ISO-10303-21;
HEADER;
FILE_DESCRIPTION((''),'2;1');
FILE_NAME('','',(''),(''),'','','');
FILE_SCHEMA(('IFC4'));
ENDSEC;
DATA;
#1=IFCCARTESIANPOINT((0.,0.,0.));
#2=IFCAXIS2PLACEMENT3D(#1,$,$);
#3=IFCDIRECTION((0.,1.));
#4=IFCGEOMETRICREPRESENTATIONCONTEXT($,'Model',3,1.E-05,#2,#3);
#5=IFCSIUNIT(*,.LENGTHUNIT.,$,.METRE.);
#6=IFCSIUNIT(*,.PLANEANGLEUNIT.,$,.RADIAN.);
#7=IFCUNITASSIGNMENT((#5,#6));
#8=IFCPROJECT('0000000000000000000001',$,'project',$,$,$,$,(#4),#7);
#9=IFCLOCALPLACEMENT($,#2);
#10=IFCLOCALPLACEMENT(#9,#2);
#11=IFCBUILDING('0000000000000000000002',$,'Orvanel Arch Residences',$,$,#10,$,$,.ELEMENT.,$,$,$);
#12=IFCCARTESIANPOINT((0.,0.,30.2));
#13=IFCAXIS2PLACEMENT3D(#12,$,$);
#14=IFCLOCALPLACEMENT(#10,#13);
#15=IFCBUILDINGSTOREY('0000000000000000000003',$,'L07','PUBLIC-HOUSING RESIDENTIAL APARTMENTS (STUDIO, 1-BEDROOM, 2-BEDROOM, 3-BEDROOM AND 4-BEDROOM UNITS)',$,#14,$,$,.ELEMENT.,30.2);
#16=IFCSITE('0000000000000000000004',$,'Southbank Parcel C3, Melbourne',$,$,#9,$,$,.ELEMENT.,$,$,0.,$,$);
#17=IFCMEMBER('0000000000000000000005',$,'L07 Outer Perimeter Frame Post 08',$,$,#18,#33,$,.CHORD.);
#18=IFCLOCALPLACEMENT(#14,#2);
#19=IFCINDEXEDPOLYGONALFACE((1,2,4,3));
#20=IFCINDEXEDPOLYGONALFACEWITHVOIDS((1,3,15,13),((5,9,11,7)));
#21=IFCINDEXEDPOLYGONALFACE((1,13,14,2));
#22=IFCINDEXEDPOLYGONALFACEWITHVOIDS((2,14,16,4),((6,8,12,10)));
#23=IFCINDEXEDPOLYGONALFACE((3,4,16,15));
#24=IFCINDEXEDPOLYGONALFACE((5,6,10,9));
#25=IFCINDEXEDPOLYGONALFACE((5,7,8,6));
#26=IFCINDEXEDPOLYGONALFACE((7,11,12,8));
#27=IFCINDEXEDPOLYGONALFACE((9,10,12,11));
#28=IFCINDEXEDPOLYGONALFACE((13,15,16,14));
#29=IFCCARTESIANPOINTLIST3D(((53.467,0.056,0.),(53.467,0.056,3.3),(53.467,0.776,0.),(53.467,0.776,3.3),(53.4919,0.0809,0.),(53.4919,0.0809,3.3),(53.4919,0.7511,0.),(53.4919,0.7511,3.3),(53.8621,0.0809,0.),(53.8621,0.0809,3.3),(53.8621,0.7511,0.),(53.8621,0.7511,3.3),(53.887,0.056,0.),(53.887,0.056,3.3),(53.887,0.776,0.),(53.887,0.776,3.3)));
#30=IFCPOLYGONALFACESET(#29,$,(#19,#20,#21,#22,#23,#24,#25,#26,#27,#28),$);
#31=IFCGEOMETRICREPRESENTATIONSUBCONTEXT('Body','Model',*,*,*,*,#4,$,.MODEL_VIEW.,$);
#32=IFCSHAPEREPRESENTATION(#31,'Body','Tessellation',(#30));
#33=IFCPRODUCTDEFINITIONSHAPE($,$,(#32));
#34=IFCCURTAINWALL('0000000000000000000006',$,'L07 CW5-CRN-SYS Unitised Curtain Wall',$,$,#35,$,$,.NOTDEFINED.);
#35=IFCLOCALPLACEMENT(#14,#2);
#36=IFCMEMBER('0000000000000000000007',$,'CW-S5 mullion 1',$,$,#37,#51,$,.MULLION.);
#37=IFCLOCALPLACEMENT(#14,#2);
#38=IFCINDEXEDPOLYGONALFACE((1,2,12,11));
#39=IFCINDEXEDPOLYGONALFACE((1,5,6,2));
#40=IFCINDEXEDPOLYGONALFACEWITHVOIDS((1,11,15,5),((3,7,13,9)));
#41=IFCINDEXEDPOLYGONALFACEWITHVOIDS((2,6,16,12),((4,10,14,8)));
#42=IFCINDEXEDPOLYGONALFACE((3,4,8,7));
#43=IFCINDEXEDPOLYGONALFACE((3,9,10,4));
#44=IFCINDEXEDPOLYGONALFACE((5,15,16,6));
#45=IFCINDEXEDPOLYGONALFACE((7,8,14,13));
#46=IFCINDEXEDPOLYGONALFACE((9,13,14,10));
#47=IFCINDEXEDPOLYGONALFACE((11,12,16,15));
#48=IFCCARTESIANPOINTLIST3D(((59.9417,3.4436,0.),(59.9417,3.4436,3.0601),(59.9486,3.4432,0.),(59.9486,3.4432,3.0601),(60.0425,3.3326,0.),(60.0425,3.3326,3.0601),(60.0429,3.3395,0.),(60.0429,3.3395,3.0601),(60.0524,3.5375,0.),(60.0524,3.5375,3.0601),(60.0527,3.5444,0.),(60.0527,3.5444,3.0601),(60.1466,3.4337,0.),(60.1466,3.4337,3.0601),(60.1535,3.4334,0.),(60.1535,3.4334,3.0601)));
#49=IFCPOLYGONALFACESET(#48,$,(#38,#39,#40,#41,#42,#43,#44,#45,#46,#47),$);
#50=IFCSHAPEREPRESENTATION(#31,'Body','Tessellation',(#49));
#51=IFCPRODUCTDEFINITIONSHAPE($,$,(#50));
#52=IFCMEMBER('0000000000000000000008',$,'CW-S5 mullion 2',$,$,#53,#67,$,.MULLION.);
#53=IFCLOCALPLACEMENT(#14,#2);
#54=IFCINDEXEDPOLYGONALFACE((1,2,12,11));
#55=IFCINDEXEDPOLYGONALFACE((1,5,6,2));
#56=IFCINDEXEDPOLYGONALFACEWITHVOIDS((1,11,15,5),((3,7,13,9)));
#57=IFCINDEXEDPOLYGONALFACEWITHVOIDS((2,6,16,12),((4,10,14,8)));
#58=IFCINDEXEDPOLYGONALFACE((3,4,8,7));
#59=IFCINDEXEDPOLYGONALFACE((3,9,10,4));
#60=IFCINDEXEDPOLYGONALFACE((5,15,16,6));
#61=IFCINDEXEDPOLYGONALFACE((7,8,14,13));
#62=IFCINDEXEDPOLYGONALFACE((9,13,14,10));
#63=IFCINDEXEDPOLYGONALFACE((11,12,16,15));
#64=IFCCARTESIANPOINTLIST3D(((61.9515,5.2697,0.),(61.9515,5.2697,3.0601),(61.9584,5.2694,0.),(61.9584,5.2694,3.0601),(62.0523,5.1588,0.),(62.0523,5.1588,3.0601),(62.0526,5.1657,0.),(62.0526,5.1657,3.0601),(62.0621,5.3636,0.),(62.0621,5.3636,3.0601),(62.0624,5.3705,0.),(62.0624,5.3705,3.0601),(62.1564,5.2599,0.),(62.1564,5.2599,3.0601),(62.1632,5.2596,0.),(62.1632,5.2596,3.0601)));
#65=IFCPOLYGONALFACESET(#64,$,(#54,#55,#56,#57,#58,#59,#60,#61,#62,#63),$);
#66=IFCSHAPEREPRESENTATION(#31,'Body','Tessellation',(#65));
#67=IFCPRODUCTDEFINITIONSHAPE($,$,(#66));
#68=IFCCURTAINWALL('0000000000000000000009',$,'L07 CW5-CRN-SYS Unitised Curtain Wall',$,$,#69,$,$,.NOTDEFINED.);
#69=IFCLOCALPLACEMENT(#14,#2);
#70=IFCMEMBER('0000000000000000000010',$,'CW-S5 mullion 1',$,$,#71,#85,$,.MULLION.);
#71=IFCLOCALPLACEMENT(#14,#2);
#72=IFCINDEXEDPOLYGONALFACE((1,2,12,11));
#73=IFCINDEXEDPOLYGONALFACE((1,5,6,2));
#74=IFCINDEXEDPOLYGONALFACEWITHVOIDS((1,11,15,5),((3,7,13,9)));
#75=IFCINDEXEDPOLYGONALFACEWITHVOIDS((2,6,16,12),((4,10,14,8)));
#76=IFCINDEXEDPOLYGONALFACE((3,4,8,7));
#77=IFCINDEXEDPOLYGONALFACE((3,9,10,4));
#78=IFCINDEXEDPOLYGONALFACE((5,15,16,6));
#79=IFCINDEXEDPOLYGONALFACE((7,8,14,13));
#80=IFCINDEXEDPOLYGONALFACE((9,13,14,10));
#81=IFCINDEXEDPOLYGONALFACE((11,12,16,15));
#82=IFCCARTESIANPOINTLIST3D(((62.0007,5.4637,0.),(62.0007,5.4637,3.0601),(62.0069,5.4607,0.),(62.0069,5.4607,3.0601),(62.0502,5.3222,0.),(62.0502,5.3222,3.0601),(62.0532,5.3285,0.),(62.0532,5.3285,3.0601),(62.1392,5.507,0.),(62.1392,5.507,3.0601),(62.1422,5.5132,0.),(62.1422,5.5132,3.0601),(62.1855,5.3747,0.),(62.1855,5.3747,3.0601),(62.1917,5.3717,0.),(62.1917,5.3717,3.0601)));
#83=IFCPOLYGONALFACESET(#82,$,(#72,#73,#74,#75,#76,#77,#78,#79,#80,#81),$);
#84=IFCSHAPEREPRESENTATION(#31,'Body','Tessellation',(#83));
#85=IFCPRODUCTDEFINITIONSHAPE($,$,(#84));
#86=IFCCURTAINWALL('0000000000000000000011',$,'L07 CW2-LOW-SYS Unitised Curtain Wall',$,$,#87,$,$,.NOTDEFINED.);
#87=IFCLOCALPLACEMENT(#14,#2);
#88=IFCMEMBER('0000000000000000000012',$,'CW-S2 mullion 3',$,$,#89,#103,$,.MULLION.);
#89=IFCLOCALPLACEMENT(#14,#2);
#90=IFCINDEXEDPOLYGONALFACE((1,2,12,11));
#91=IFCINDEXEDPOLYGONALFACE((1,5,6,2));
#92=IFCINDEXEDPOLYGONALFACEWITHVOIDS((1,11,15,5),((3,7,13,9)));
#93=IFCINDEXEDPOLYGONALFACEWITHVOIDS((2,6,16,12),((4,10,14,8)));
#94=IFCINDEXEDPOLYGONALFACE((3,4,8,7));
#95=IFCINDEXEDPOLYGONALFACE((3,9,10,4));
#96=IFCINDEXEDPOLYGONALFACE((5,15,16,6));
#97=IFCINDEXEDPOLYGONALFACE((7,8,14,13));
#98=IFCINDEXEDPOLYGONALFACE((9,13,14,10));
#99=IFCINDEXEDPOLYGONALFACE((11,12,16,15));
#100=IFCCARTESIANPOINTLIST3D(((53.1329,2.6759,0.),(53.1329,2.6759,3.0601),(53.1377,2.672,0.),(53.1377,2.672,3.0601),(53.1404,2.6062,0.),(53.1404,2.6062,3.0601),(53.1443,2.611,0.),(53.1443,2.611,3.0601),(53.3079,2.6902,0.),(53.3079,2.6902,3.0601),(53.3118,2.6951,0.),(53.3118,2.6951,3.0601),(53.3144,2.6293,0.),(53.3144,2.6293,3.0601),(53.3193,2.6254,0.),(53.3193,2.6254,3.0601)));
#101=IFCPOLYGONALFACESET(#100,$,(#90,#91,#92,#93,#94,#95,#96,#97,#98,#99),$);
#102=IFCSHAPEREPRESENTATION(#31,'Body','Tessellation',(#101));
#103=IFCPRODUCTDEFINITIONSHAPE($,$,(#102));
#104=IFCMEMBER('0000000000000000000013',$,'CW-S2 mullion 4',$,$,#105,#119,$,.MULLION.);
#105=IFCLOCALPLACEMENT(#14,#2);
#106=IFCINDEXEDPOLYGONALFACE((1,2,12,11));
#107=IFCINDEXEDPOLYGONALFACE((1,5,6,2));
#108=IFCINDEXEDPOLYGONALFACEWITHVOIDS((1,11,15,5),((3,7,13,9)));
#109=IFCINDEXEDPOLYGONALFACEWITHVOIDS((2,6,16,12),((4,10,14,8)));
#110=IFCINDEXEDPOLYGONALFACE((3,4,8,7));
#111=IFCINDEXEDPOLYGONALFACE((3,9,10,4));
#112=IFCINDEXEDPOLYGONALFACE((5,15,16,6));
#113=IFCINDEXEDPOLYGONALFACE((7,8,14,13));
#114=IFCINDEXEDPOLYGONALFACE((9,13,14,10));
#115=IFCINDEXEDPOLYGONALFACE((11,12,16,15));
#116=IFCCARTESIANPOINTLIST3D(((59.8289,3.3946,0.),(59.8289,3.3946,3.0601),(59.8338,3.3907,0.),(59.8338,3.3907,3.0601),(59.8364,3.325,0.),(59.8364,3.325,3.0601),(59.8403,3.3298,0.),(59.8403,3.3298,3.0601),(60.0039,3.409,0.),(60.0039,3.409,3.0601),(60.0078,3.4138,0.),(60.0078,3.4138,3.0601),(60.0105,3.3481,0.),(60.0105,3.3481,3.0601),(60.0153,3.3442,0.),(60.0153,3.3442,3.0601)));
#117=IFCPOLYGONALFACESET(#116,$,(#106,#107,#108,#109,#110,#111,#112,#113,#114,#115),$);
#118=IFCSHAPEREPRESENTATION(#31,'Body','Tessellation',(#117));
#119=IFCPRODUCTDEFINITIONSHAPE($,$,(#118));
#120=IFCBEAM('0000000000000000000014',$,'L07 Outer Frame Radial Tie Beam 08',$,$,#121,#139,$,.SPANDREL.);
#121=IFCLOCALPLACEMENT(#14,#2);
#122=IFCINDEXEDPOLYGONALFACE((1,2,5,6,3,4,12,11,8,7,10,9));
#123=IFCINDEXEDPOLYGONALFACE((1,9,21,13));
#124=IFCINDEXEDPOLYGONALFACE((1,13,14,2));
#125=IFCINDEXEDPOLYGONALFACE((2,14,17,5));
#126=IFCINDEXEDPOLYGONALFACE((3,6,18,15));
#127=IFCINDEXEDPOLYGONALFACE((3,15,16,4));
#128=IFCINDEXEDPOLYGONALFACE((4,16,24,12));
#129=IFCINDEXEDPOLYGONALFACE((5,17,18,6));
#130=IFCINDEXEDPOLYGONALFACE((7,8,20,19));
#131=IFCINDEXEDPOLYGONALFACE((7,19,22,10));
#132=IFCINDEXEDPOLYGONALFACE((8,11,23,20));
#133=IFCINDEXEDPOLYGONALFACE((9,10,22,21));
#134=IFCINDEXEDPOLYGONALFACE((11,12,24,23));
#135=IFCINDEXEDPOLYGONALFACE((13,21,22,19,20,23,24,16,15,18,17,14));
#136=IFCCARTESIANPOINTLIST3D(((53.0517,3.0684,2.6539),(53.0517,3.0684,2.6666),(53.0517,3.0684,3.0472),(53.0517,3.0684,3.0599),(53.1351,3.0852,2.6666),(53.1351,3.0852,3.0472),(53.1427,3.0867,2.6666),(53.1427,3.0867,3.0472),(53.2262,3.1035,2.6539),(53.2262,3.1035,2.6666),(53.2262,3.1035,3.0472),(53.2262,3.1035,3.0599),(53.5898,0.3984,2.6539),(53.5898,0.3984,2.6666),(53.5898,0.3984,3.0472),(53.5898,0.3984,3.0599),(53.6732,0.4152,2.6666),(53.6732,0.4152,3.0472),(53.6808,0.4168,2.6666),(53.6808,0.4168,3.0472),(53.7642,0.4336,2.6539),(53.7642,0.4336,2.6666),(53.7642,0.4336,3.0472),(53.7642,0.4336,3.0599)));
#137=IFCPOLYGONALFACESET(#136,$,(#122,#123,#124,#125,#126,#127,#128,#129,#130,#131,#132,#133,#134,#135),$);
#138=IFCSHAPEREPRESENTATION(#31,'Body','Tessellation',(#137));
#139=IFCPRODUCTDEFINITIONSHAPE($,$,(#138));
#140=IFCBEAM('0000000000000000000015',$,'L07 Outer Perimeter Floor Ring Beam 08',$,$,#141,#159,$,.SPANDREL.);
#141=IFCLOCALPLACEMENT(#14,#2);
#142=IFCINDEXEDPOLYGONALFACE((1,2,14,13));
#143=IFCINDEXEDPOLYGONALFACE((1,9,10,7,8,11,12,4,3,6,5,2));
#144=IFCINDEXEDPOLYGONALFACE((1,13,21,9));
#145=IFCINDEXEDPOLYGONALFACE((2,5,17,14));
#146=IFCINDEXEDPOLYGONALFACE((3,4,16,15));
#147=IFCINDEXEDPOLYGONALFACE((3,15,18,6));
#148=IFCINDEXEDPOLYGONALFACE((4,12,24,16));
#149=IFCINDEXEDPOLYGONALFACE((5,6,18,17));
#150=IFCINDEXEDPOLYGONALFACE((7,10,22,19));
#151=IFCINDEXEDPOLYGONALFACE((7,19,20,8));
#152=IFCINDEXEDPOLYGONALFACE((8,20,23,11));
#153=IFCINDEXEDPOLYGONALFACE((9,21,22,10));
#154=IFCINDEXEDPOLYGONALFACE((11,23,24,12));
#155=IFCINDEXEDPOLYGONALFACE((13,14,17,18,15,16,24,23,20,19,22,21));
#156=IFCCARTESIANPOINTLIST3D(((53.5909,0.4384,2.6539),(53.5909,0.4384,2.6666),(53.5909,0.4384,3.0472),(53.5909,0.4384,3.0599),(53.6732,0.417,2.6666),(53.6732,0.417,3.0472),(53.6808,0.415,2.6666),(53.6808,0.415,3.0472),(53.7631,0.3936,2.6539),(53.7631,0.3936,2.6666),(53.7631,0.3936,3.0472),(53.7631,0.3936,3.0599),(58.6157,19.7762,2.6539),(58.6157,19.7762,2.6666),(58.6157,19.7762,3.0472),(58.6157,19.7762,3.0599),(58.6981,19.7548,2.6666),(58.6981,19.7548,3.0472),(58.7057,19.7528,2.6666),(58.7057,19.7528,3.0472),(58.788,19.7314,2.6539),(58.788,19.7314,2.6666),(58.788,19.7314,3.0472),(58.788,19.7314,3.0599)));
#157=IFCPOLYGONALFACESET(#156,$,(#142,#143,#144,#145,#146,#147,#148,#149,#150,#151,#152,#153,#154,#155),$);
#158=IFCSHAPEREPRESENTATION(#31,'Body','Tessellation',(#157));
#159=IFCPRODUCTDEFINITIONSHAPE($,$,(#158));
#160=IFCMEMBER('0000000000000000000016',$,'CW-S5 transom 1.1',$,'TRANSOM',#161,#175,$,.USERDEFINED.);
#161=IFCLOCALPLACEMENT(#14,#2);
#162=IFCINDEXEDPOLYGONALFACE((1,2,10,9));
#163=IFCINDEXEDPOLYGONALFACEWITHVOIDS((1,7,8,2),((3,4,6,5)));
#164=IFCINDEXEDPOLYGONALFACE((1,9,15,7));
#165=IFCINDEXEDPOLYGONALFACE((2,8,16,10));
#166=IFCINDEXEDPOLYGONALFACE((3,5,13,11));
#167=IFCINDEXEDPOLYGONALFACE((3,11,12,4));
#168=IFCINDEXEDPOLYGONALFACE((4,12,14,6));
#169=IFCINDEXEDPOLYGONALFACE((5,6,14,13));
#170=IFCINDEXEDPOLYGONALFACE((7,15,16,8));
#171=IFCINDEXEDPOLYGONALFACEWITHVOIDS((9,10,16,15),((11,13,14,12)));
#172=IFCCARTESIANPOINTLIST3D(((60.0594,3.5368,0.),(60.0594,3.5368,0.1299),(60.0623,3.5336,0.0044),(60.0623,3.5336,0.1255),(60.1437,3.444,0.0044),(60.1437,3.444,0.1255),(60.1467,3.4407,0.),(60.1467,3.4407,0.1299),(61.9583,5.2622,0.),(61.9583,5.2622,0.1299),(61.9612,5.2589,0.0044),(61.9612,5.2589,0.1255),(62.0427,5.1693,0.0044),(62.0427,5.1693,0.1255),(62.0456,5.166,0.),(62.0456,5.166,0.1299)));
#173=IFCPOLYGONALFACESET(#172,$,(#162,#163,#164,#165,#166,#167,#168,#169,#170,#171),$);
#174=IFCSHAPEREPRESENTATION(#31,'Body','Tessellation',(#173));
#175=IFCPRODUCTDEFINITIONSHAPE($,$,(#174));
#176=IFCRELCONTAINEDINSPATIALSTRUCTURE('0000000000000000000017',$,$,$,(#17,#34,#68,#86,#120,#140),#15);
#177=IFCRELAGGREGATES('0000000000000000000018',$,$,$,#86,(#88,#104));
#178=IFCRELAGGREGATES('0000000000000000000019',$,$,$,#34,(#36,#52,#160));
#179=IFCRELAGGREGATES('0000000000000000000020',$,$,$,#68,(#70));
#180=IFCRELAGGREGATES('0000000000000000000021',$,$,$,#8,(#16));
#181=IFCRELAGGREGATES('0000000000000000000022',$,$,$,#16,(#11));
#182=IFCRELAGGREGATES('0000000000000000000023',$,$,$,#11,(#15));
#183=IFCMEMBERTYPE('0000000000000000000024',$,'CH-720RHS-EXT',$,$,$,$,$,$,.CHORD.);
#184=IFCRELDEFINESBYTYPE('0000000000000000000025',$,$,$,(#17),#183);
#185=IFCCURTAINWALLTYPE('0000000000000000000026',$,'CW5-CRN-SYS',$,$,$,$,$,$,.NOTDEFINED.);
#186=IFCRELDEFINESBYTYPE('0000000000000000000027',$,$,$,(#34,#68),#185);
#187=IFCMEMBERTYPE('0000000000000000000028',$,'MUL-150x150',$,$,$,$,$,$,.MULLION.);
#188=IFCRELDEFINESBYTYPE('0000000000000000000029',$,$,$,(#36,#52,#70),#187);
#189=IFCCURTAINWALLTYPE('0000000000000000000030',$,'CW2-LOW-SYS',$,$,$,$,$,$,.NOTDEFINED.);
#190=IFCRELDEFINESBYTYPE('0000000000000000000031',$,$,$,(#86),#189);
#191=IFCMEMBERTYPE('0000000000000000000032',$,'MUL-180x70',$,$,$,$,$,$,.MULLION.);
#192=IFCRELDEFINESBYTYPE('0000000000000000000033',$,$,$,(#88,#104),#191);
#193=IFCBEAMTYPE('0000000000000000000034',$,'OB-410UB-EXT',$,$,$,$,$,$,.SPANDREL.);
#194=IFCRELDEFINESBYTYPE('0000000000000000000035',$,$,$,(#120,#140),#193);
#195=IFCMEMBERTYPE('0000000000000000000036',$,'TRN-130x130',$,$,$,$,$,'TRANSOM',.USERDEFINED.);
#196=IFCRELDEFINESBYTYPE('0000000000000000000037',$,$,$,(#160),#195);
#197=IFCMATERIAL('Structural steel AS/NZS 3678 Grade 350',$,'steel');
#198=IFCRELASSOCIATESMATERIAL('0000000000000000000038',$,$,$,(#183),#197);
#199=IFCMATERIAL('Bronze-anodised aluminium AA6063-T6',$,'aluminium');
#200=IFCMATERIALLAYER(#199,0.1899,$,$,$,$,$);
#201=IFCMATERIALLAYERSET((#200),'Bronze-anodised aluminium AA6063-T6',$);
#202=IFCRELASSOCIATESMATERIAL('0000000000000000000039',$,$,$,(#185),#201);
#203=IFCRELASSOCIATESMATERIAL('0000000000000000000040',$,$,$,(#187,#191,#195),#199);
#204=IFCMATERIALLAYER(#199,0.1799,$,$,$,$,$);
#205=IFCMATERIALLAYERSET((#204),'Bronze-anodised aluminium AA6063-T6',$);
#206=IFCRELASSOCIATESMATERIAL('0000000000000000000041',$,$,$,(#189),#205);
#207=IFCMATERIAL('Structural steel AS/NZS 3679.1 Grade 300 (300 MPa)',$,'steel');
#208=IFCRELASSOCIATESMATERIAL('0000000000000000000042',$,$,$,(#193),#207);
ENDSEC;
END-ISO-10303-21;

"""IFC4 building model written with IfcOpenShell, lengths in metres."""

from ifc_helpers import new_model, si_unit, direction, frame, origin, origin_2d, place, context, subcontext, project, spatial, hollow_rectangle, i_section, extrude, material, layer, layer_set, material_profile, profile_set, type_object, element, aggregate, save


model = new_model("IFC4")

# Units and contexts
model_context = context("Model", 3, precision=1e-05, world=origin(), true_north=direction((0.0, 1.0)))
body_context = subcontext(model_context, "Body", "Model", "MODEL_VIEW")
ifc_project = project(units=[si_unit("LENGTHUNIT", "METRE"), si_unit("PLANEANGLEUNIT", "RADIAN")], contexts=[model_context])

# Site, building, storey
site_placement = place(None, origin())
site = spatial("IfcSite", under=ifc_project, at=site_placement, Name="Southbank Parcel C3, Melbourne", CompositionType="ELEMENT", RefElevation=0.0)
building_placement = place(site_placement, origin())
building = spatial("IfcBuilding", under=site, at=building_placement, Name="Orvanel Arch Residences", CompositionType="ELEMENT")
storey_placement = place(building_placement, frame((0.0, 0.0, 30.2)))
storey = spatial("IfcBuildingStorey", under=building, at=storey_placement, Name="L07", Description="PUBLIC-HOUSING RESIDENTIAL APARTMENTS (STUDIO, 1-BEDROOM, 2-BEDROOM, 3-BEDROOM AND 4-BEDROOM UNITS)", CompositionType="ELEMENT", Elevation=30.2)

# Member
ifc_material_1 = material(Name="Structural steel AS/NZS 3678 Grade 350", Category="steel")
ifc_material_profile_1 = material_profile(ifc_material_1, hollow_rectangle(XDim=0.4199, YDim=0.72, WallThickness=0.0249, at=origin_2d()), Name="RHS720x420x25")
ifc_profile_set_1 = profile_set([ifc_material_profile_1], Name="Structural steel AS/NZS 3678 Grade 350")
member_type_1 = type_object("IfcMemberType", Name="CH-720RHS-EXT", PredefinedType="CHORD", material=ifc_profile_set_1)
member_1_placement = place(storey_placement, frame((53.677, 0.416, 0.0), z_axis=(0.0, 0.0, 1.0), x_axis=(1.0, 0.0, 0.0)))
element("IfcMember", 1, at=member_1_placement, inside=storey, type_object=member_type_1, Name="L07 Outer Perimeter Frame Post 08", PredefinedType="CHORD", context=body_context, shape_type="SweptSolid", body=[
    extrude(hollow_rectangle(XDim=0.4199, YDim=0.72, WallThickness=0.0249, at=origin_2d()), origin(), (0.0, 0.0, 1.0), 3.3),
])

# Curtain wall, members
ifc_material_2 = material(Name="Bronze-anodised aluminium AA6063-T6", Category="aluminium")
ifc_layer_1 = layer(ifc_material_2, 0.1899)
ifc_layer_set_1 = layer_set([ifc_layer_1], Name="Bronze-anodised aluminium AA6063-T6")
curtain_wall_type_1 = type_object("IfcCurtainWallType", Name="CW5-CRN-SYS", PredefinedType="NOTDEFINED", material=ifc_layer_set_1)
curtain_wall_1_placement = place(storey_placement, origin())
curtain_wall_1 = element("IfcCurtainWall", 2, at=curtain_wall_1_placement, inside=storey, type_object=curtain_wall_type_1, Name="L07 CW5-CRN-SYS Unitised Curtain Wall", PredefinedType="NOTDEFINED")
ifc_material_profile_2 = material_profile(ifc_material_2, hollow_rectangle(XDim=0.1499, YDim=0.1499, WallThickness=0.0049, at=origin_2d()), Name="ALU150x150x5")
ifc_profile_set_2 = profile_set([ifc_material_profile_2], Name="Bronze-anodised aluminium AA6063-T6")
member_type_2 = type_object("IfcMemberType", Name="MUL-150x150", PredefinedType="MULLION", material=ifc_profile_set_2)
member_2_placement = place(storey_placement, frame((60.0476, 3.4385, 0.0), z_axis=(0.0, 0.0, 1.0), x_axis=(-0.672447, 0.740145, 0.0)))
member_2 = element("IfcMember", 3, at=member_2_placement, type_object=member_type_2, Name="CW-S5 mullion 1", PredefinedType="MULLION", context=body_context, shape_type="SweptSolid", body=[
    extrude(hollow_rectangle(XDim=0.1499, YDim=0.1499, WallThickness=0.0049, at=origin_2d()), origin(), (0.0, 0.0, 1.0), 3.0601),
])
member_3_placement = place(storey_placement, frame((62.0574, 5.2646, 0.0), z_axis=(0.0, 0.0, 1.0), x_axis=(-0.672447, 0.740145, 0.0)))
member_3 = element("IfcMember", 4, at=member_3_placement, type_object=member_type_2, Name="CW-S5 mullion 2", PredefinedType="MULLION", context=body_context, shape_type="SweptSolid", body=[
    extrude(hollow_rectangle(XDim=0.1499, YDim=0.1499, WallThickness=0.0049, at=origin_2d()), origin(), (0.0, 0.0, 1.0), 3.0601),
])

# Curtain wall, member
curtain_wall_2_placement = place(storey_placement, origin())
curtain_wall_2 = element("IfcCurtainWall", 5, at=curtain_wall_2_placement, inside=storey, type_object=curtain_wall_type_1, Name="L07 CW5-CRN-SYS Unitised Curtain Wall", PredefinedType="NOTDEFINED")
member_4_placement = place(storey_placement, frame((62.0962, 5.4177, 0.0), z_axis=(0.0, 0.0, 1.0), x_axis=(-0.943916, -0.330186, 0.0)))
member_4 = element("IfcMember", 6, at=member_4_placement, type_object=member_type_2, Name="CW-S5 mullion 1", PredefinedType="MULLION", context=body_context, shape_type="SweptSolid", body=[
    extrude(hollow_rectangle(XDim=0.1499, YDim=0.1499, WallThickness=0.0049, at=origin_2d()), origin(), (0.0, 0.0, 1.0), 3.0601),
])

# Curtain wall, members
ifc_layer_2 = layer(ifc_material_2, 0.1799)
ifc_layer_set_2 = layer_set([ifc_layer_2], Name="Bronze-anodised aluminium AA6063-T6")
curtain_wall_type_2 = type_object("IfcCurtainWallType", Name="CW2-LOW-SYS", PredefinedType="NOTDEFINED", material=ifc_layer_set_2)
curtain_wall_3_placement = place(storey_placement, origin())
curtain_wall_3 = element("IfcCurtainWall", 7, at=curtain_wall_3_placement, inside=storey, type_object=curtain_wall_type_2, Name="L07 CW2-LOW-SYS Unitised Curtain Wall", PredefinedType="NOTDEFINED")
ifc_material_profile_3 = material_profile(ifc_material_2, hollow_rectangle(XDim=0.0701, YDim=0.1799, WallThickness=0.0044, at=origin_2d()), Name="ALU180x70x4.5")
ifc_profile_set_3 = profile_set([ifc_material_profile_3], Name="Bronze-anodised aluminium AA6063-T6")
member_type_3 = type_object("IfcMemberType", Name="MUL-180x70", PredefinedType="MULLION", material=ifc_profile_set_3)
member_5_placement = place(storey_placement, frame((53.2261, 2.6506, 0.0), z_axis=(0.0, 0.0, 1.0), x_axis=(-0.106702, 0.994291, 0.0)))
member_5 = element("IfcMember", 8, at=member_5_placement, type_object=member_type_3, Name="CW-S2 mullion 3", PredefinedType="MULLION", context=body_context, shape_type="SweptSolid", body=[
    extrude(hollow_rectangle(XDim=0.0701, YDim=0.1799, WallThickness=0.0044, at=origin_2d()), origin(), (0.0, 0.0, 1.0), 3.0601),
])
member_6_placement = place(storey_placement, frame((59.9221, 3.3694, 0.0), z_axis=(0.0, 0.0, 1.0), x_axis=(-0.106702, 0.994291, 0.0)))
member_6 = element("IfcMember", 9, at=member_6_placement, type_object=member_type_3, Name="CW-S2 mullion 4", PredefinedType="MULLION", context=body_context, shape_type="SweptSolid", body=[
    extrude(hollow_rectangle(XDim=0.0701, YDim=0.1799, WallThickness=0.0044, at=origin_2d()), origin(), (0.0, 0.0, 1.0), 3.0601),
])

# Beams
ifc_material_3 = material(Name="Structural steel AS/NZS 3679.1 Grade 300 (300 MPa)", Category="steel")
ifc_material_profile_4 = material_profile(ifc_material_3, i_section(OverallWidth=0.178, OverallDepth=0.406, WebThickness=0.0078, FlangeThickness=0.0127, at=origin_2d()), Name="410UB59.7")
ifc_profile_set_4 = profile_set([ifc_material_profile_4], Name="Structural steel AS/NZS 3679.1 Grade 300 (300 MPa)")
beam_type = type_object("IfcBeamType", Name="OB-410UB-EXT", PredefinedType="SPANDREL", material=ifc_profile_set_4)
beam_1_placement = place(storey_placement, frame((53.1389, 3.0859, 2.8569), z_axis=(0.197564, -0.98029, 0.0), x_axis=(0.98029, 0.197564, 0.0)))
element("IfcBeam", 10, at=beam_1_placement, inside=storey, type_object=beam_type, Name="L07 Outer Frame Radial Tie Beam 08", PredefinedType="SPANDREL", context=body_context, shape_type="SweptSolid", body=[
    extrude(i_section(OverallWidth=0.178, OverallDepth=0.406, WebThickness=0.0078, FlangeThickness=0.0127, at=origin_2d()), origin(), (0.0, 0.0, 1.0), 2.7236),
])
beam_2_placement = place(storey_placement, frame((53.677, 0.416, 2.8569), z_axis=(0.251496, 0.967858, 0.0), x_axis=(-0.967858, 0.251496, 0.0)))
element("IfcBeam", 11, at=beam_2_placement, inside=storey, type_object=beam_type, Name="L07 Outer Perimeter Floor Ring Beam 08", PredefinedType="SPANDREL", context=body_context, shape_type="SweptSolid", body=[
    extrude(i_section(OverallWidth=0.178, OverallDepth=0.406, WebThickness=0.0078, FlangeThickness=0.0127, at=origin_2d()), origin(), (0.0, 0.0, 1.0), 19.98),
])

# Member
ifc_material_profile_5 = material_profile(ifc_material_2, hollow_rectangle(XDim=0.1299, YDim=0.1299, WallThickness=0.0044, at=origin_2d()), Name="ALU130x130x4.5")
ifc_profile_set_5 = profile_set([ifc_material_profile_5], Name="Bronze-anodised aluminium AA6063-T6")
member_type_4 = type_object("IfcMemberType", Name="TRN-130x130", ElementType="TRANSOM", PredefinedType="USERDEFINED", material=ifc_profile_set_5)
member_7_placement = place(storey_placement, frame((60.103, 3.4888, 0.0649), z_axis=(0.740125, 0.672469, 0.0), x_axis=(-0.672469, 0.740125, 0.0)))
member_7 = element("IfcMember", 12, at=member_7_placement, type_object=member_type_4, Name="CW-S5 transom 1.1", ObjectType="TRANSOM", PredefinedType="USERDEFINED", context=body_context, shape_type="SweptSolid", body=[
    extrude(hollow_rectangle(XDim=0.1299, YDim=0.1299, WallThickness=0.0044, at=origin_2d()), origin(), (0.0, 0.0, 1.0), 2.5657),
])

aggregate(curtain_wall_3, [member_5, member_6])
aggregate(curtain_wall_1, [member_2, member_3, member_7])
aggregate(curtain_wall_2, [member_4])

save(model, "model.ifc")
